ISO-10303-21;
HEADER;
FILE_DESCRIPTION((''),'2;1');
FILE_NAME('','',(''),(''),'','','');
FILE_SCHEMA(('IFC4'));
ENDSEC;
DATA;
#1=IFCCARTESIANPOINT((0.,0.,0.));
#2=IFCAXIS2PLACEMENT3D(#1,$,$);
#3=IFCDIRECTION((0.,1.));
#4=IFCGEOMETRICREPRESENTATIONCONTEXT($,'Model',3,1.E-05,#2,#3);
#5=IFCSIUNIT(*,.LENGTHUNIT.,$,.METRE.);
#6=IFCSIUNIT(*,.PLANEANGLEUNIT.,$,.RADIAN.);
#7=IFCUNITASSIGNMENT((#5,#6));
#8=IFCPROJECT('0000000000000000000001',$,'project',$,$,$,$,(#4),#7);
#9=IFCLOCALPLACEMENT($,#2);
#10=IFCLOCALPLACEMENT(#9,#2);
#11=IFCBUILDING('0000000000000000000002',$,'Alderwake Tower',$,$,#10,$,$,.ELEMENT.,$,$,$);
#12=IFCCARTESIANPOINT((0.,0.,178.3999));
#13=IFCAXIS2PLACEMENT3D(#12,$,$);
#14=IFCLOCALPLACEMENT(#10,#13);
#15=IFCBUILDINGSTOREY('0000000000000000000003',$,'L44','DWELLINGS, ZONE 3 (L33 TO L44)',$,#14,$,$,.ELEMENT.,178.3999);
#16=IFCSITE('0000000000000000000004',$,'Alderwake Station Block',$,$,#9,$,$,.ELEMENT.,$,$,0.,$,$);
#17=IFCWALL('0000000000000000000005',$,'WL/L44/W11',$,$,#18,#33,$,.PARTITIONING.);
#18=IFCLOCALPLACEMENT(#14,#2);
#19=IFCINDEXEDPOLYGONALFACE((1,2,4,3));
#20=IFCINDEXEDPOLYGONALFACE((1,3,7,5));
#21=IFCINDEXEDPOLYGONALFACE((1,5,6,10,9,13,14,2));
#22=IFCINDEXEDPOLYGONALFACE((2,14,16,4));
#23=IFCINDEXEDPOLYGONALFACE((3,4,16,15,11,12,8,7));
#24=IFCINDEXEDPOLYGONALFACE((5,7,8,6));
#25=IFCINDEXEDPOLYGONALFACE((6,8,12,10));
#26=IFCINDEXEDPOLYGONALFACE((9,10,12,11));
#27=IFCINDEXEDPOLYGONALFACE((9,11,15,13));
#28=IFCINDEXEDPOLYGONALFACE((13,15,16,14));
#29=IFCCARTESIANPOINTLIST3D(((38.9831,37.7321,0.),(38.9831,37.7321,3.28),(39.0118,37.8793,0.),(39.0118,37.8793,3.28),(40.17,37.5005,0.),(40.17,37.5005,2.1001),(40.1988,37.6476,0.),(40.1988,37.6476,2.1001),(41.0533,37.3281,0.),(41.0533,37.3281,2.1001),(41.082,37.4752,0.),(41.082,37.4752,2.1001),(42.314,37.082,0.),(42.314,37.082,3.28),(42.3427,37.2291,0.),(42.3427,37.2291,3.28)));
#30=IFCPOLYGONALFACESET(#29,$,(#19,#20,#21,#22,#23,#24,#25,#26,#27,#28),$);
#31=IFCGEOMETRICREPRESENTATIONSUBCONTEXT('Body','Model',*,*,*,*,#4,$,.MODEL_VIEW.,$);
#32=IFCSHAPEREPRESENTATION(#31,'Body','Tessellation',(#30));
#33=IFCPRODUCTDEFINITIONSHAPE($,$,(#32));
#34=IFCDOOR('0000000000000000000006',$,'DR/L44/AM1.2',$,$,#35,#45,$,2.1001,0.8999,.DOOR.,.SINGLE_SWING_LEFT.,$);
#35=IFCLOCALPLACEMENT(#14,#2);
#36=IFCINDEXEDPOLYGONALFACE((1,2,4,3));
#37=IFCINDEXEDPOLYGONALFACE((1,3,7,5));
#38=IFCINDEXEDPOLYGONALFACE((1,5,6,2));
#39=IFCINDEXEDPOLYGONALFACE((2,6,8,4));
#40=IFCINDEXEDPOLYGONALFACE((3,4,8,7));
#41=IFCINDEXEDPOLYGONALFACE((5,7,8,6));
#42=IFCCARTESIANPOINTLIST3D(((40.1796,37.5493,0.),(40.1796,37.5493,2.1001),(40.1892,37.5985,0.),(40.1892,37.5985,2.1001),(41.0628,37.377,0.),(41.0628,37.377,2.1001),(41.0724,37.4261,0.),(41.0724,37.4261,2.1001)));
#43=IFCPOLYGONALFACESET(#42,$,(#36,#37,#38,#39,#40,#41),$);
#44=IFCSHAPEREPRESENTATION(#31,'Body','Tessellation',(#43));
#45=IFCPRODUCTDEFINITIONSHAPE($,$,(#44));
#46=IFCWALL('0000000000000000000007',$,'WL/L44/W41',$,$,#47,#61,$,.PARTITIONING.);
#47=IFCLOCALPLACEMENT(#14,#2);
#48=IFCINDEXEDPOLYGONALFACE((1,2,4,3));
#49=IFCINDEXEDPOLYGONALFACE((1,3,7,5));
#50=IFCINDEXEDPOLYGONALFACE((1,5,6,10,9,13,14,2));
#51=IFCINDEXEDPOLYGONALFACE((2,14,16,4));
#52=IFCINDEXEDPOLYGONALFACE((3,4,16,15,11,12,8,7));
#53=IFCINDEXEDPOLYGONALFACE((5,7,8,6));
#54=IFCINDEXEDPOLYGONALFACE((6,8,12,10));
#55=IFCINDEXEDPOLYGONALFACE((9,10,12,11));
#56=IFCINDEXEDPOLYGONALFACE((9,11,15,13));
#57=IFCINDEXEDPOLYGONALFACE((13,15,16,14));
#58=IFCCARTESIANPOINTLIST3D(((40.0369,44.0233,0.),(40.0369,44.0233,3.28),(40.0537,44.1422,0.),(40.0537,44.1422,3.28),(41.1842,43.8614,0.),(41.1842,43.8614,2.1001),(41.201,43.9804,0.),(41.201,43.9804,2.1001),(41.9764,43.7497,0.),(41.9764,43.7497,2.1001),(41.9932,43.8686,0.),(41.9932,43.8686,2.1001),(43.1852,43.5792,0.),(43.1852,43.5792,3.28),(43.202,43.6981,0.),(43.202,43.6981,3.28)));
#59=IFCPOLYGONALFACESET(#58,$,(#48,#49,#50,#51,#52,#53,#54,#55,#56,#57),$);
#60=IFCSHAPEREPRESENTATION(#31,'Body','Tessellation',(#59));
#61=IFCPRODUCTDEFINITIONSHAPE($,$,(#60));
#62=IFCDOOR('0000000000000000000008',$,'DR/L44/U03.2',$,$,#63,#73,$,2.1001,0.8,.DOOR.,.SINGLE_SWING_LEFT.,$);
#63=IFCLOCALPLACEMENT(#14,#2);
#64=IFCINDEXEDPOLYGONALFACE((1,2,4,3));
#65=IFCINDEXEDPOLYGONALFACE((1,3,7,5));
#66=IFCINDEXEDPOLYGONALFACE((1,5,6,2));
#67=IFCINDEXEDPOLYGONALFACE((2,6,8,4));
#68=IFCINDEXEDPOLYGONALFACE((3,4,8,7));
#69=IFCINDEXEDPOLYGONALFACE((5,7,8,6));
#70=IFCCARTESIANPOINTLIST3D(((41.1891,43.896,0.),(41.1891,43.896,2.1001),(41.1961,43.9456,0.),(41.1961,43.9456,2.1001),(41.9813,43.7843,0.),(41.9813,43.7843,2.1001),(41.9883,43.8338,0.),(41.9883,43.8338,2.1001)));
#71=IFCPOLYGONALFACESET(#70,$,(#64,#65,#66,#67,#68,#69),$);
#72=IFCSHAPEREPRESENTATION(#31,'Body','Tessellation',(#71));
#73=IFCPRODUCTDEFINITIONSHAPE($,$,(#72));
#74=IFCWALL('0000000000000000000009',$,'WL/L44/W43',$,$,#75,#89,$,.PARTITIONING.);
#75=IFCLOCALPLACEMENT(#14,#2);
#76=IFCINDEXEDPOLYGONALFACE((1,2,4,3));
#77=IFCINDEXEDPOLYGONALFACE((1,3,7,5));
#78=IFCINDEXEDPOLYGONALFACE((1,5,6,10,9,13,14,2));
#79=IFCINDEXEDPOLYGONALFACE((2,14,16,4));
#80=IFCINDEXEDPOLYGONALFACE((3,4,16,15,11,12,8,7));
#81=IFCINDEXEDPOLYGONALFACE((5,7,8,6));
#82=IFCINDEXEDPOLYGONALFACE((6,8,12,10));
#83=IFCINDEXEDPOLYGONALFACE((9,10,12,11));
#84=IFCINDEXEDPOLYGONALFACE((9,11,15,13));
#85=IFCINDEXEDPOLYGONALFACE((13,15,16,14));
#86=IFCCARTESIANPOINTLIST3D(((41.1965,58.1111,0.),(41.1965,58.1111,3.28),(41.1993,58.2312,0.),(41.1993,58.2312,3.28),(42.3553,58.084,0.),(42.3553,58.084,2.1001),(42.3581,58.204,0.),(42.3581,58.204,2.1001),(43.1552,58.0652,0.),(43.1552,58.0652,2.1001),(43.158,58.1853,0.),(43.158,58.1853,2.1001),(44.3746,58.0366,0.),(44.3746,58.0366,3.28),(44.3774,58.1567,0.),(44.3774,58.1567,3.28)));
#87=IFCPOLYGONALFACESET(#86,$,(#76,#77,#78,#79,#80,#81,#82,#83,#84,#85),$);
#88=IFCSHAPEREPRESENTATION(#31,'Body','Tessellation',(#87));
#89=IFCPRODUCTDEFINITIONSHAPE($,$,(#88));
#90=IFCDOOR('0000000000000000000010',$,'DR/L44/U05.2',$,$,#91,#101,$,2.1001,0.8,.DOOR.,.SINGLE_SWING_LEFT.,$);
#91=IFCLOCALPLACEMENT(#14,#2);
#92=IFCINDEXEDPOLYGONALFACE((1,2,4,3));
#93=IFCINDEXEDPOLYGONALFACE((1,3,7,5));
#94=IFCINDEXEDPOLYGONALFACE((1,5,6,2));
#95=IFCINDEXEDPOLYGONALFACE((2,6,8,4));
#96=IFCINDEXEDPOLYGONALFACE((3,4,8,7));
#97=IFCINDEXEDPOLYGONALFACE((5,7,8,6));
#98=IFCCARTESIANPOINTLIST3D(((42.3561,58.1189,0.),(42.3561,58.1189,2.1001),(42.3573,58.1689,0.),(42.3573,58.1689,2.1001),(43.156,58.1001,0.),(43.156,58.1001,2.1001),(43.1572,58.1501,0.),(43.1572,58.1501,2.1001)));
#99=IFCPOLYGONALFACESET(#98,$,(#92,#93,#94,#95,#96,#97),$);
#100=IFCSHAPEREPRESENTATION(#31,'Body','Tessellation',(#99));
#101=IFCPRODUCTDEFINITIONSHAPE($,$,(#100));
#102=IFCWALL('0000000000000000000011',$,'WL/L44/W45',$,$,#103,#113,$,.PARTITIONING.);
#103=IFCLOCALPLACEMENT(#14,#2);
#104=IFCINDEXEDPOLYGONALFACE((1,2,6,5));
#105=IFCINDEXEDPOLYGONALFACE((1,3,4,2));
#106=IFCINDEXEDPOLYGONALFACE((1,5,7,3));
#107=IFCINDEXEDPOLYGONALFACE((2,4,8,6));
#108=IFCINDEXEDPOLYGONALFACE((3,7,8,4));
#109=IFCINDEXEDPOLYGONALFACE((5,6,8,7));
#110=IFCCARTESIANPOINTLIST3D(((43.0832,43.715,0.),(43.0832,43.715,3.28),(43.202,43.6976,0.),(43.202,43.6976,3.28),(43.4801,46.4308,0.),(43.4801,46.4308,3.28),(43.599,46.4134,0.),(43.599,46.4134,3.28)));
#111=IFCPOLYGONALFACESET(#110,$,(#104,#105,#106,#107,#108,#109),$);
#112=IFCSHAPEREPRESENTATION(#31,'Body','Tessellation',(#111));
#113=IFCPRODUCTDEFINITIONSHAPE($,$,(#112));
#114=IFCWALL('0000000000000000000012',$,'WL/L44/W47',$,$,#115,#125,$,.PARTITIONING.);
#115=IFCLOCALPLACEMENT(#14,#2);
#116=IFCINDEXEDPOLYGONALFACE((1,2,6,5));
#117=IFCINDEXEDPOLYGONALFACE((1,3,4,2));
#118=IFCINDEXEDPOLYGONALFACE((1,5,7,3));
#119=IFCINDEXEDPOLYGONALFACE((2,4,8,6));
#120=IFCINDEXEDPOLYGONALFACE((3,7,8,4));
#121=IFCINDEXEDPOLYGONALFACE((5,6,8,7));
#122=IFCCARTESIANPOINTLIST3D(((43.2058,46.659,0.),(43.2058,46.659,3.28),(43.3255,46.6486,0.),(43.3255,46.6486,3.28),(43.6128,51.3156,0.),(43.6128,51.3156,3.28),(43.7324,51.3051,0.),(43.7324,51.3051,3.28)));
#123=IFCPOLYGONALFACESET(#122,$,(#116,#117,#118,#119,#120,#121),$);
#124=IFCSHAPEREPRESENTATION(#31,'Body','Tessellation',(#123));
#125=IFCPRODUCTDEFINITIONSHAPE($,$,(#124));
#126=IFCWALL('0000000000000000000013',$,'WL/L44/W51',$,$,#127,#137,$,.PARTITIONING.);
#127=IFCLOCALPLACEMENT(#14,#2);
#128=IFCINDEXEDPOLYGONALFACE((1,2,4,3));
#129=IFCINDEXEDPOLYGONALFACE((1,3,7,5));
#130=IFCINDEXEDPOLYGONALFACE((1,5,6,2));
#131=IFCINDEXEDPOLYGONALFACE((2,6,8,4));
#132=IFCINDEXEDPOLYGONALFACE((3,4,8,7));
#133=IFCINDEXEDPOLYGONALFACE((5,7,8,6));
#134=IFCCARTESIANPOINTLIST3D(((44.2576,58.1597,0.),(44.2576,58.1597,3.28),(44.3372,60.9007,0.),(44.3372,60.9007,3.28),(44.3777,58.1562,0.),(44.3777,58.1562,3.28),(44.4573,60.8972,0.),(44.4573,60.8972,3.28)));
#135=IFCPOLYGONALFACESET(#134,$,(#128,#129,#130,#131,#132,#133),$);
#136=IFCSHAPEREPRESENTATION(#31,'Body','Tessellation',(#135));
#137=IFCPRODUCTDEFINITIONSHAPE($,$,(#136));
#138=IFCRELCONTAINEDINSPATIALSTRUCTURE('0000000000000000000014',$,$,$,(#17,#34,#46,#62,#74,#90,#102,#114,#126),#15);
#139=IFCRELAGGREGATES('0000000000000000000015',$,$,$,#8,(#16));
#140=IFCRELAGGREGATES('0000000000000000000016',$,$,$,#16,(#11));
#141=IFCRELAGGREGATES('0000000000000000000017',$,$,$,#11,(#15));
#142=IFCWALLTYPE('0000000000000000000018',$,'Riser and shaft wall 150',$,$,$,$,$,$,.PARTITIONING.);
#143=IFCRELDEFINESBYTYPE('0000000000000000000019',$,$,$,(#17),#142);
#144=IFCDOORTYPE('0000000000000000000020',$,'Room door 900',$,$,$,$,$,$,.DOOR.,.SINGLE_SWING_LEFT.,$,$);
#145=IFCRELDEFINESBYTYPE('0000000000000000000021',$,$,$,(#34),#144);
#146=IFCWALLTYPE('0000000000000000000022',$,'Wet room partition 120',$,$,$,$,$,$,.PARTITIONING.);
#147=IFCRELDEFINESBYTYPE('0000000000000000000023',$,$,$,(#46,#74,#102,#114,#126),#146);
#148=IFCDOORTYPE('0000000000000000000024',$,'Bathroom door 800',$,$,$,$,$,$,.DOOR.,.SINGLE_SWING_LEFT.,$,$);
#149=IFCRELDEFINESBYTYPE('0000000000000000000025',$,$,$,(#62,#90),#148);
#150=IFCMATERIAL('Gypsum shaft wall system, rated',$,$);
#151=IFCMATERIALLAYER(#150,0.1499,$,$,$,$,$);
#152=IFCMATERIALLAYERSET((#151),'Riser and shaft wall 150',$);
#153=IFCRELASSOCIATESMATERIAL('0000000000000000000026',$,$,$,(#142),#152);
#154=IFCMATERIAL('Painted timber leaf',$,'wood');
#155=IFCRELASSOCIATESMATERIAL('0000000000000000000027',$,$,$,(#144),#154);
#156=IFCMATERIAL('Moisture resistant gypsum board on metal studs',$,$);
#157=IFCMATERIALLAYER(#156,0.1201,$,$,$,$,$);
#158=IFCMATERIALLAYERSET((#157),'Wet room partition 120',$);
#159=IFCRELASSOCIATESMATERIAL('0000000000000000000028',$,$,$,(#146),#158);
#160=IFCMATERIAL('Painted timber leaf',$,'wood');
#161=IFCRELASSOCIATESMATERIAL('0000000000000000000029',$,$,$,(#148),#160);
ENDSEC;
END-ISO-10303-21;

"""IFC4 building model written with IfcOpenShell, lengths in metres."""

from ifc_helpers import new_model, si_unit, direction, frame, frame_2d, origin, place, context, subcontext, project, spatial, rectangle, extrude, material, layer, layer_set, type_object, element, fill, save


model = new_model("IFC4")

# Units and contexts
model_context = context("Model", 3, precision=1e-05, world=origin(), true_north=direction((0.0, 1.0)))
body_context = subcontext(model_context, "Body", "Model", "MODEL_VIEW")
ifc_project = project(units=[si_unit("LENGTHUNIT", "METRE"), si_unit("PLANEANGLEUNIT", "RADIAN")], contexts=[model_context])

# Site, building, storey
site_placement = place(None, origin())
site = spatial("IfcSite", under=ifc_project, at=site_placement, Name="Alderwake Station Block", CompositionType="ELEMENT", RefElevation=0.0)
building_placement = place(site_placement, origin())
building = spatial("IfcBuilding", under=site, at=building_placement, Name="Alderwake Tower", CompositionType="ELEMENT")
storey_placement = place(building_placement, frame((0.0, 0.0, 178.3999)))
storey = spatial("IfcBuildingStorey", under=building, at=storey_placement, Name="L44", Description="DWELLINGS, ZONE 3 (L33 TO L44)", CompositionType="ELEMENT", Elevation=178.3999)

# Walls, openings, doors
ifc_material_1 = material(Name="Gypsum shaft wall system, rated")
ifc_layer_1 = layer(ifc_material_1, 0.1499)
ifc_layer_set_1 = layer_set([ifc_layer_1], Name="Riser and shaft wall 150")
wall_type_1 = type_object("IfcWallType", Name="Riser and shaft wall 150", PredefinedType="PARTITIONING", material=ifc_layer_set_1)
wall_1_placement = place(storey_placement, frame((38.9976, 37.8057, 0.0), z_axis=(0.0, 0.0, 1.0), x_axis=(0.98148, -0.191563, 0.0)))
wall_1 = element("IfcWall", 1, at=wall_1_placement, inside=storey, type_object=wall_type_1, Name="WL/L44/W11", PredefinedType="PARTITIONING", context=body_context, shape_type="SweptSolid", body=[
    extrude(rectangle(XDim=3.3938, YDim=0.1499, at=frame_2d((1.6968, 0.0))), origin(), (0.0, 0.0, 1.0), 3.28),
])
opening_1_placement = place(wall_1_placement, frame((1.2092, 0.0, 0.0)))
opening_1 = element("IfcOpeningElement", 2, at=opening_1_placement, cuts=wall_1, PredefinedType="OPENING", context=body_context, shape_type="SweptSolid", body=[
    extrude(rectangle(XDim=0.8999, YDim=2.1001, at=frame_2d((0.45, 1.05))), frame((0.0, 0.085, 0.0), z_axis=(0.0, -1.0, 0.0), x_axis=(1.0, 0.0, 0.0)), (0.0, 0.0, 1.0), 0.1699),
])
ifc_material_2 = material(Name="Painted timber leaf", Category="wood")
door_type_1 = type_object("IfcDoorType", Name="Room door 900", OperationType="SINGLE_SWING_LEFT", PredefinedType="DOOR", material=ifc_material_2)
door_1_placement = place(opening_1_placement, origin())
door_1 = element("IfcDoor", 3, at=door_1_placement, inside=storey, type_object=door_type_1, Name="DR/L44/AM1.2", OperationType="SINGLE_SWING_LEFT", OverallHeight=2.1001, OverallWidth=0.8999, PredefinedType="DOOR", context=body_context, shape_type="SweptSolid", body=[
    extrude(rectangle(XDim=0.8999, YDim=2.1001, at=frame_2d((0.45, 1.05))), frame((0.0, 0.0249, 0.0), z_axis=(0.0, -1.0, 0.0), x_axis=(1.0, 0.0, 0.0)), (0.0, 0.0, 1.0), 0.05),
])
fill(opening_1, door_1)
ifc_material_3 = material(Name="Moisture resistant gypsum board on metal studs")
ifc_layer_2 = layer(ifc_material_3, 0.1201)
ifc_layer_set_2 = layer_set([ifc_layer_2], Name="Wet room partition 120")
wall_type_2 = type_object("IfcWallType", Name="Wet room partition 120", PredefinedType="PARTITIONING", material=ifc_layer_set_2)
wall_2_placement = place(storey_placement, frame((40.0452, 44.0828, 0.0), z_axis=(0.0, 0.0, 1.0), x_axis=(0.990197, -0.13968, 0.0)))
wall_2 = element("IfcWall", 4, at=wall_2_placement, inside=storey, type_object=wall_type_2, Name="WL/L44/W41", PredefinedType="PARTITIONING", context=body_context, shape_type="SweptSolid", body=[
    extrude(rectangle(XDim=3.1794, YDim=0.1201, at=frame_2d((1.5898, 0.0))), origin(), (0.0, 0.0, 1.0), 3.28),
])
opening_2_placement = place(wall_2_placement, frame((1.1589, 0.0, 0.0)))
opening_2 = element("IfcOpeningElement", 5, at=opening_2_placement, cuts=wall_2, PredefinedType="OPENING", context=body_context, shape_type="SweptSolid", body=[
    extrude(rectangle(XDim=0.8, YDim=2.1001, at=frame_2d((0.3999, 1.05))), frame((0.0, 0.0701, 0.0), z_axis=(0.0, -1.0, 0.0), x_axis=(1.0, 0.0, 0.0)), (0.0, 0.0, 1.0), 0.1401),
])
ifc_material_4 = material(Name="Painted timber leaf", Category="wood")
door_type_2 = type_object("IfcDoorType", Name="Bathroom door 800", OperationType="SINGLE_SWING_LEFT", PredefinedType="DOOR", material=ifc_material_4)
door_2_placement = place(opening_2_placement, origin())
door_2 = element("IfcDoor", 6, at=door_2_placement, inside=storey, type_object=door_type_2, Name="DR/L44/U03.2", OperationType="SINGLE_SWING_LEFT", OverallHeight=2.1001, OverallWidth=0.8, PredefinedType="DOOR", context=body_context, shape_type="SweptSolid", body=[
    extrude(rectangle(XDim=0.8, YDim=2.1001, at=frame_2d((0.3999, 1.05))), frame((0.0, 0.0249, 0.0), z_axis=(0.0, -1.0, 0.0), x_axis=(1.0, 0.0, 0.0)), (0.0, 0.0, 1.0), 0.05),
])
fill(opening_2, door_2)
wall_3_placement = place(storey_placement, frame((41.198, 58.1711, 0.0), z_axis=(0.0, 0.0, 1.0), x_axis=(0.999726, -0.023424, 0.0)))
wall_3 = element("IfcWall", 7, at=wall_3_placement, inside=storey, type_object=wall_type_2, Name="WL/L44/W43", PredefinedType="PARTITIONING", context=body_context, shape_type="SweptSolid", body=[
    extrude(rectangle(XDim=3.179, YDim=0.1201, at=frame_2d((1.5894, 0.0))), origin(), (0.0, 0.0, 1.0), 3.28),
])
opening_3_placement = place(wall_3_placement, frame((1.1592, 0.0, 0.0)))
opening_3 = element("IfcOpeningElement", 8, at=opening_3_placement, cuts=wall_3, PredefinedType="OPENING", context=body_context, shape_type="SweptSolid", body=[
    extrude(rectangle(XDim=0.8, YDim=2.1001, at=frame_2d((0.3999, 1.05))), frame((0.0, 0.0701, 0.0), z_axis=(0.0, -1.0, 0.0), x_axis=(1.0, 0.0, 0.0)), (0.0, 0.0, 1.0), 0.1401),
])
door_3_placement = place(opening_3_placement, origin())
door_3 = element("IfcDoor", 9, at=door_3_placement, inside=storey, type_object=door_type_2, Name="DR/L44/U05.2", OperationType="SINGLE_SWING_LEFT", OverallHeight=2.1001, OverallWidth=0.8, PredefinedType="DOOR", context=body_context, shape_type="SweptSolid", body=[
    extrude(rectangle(XDim=0.8, YDim=2.1001, at=frame_2d((0.3999, 1.05))), frame((0.0, 0.0249, 0.0), z_axis=(0.0, -1.0, 0.0), x_axis=(1.0, 0.0, 0.0)), (0.0, 0.0, 1.0), 0.05),
])
fill(opening_3, door_3)

# Walls
wall_4_placement = place(storey_placement, frame((43.1426, 43.7063, 0.0), z_axis=(0.0, 0.0, 1.0), x_axis=(0.144634, 0.989485, 0.0)))
element("IfcWall", 10, at=wall_4_placement, inside=storey, type_object=wall_type_2, Name="WL/L44/W45", PredefinedType="PARTITIONING", context=body_context, shape_type="SweptSolid", body=[
    extrude(rectangle(XDim=2.7446, YDim=0.1201, at=frame_2d((1.3723, 0.0))), origin(), (0.0, 0.0, 1.0), 3.28),
])
wall_5_placement = place(storey_placement, frame((43.2656, 46.6538, 0.0), z_axis=(0.0, 0.0, 1.0), x_axis=(0.087069, 0.996202, 0.0)))
element("IfcWall", 11, at=wall_5_placement, inside=storey, type_object=wall_type_2, Name="WL/L44/W47", PredefinedType="PARTITIONING", context=body_context, shape_type="SweptSolid", body=[
    extrude(rectangle(XDim=4.6743, YDim=0.1201, at=frame_2d((2.3372, 0.0))), origin(), (0.0, 0.0, 1.0), 3.28),
])
wall_6_placement = place(storey_placement, frame((44.3176, 58.158, 0.0), z_axis=(0.0, 0.0, 1.0), x_axis=(0.029025, 0.999579, 0.0)))
element("IfcWall", 12, at=wall_6_placement, inside=storey, type_object=wall_type_2, Name="WL/L44/W51", PredefinedType="PARTITIONING", context=body_context, shape_type="SweptSolid", body=[
    extrude(rectangle(XDim=2.7422, YDim=0.1201, at=frame_2d((1.3711, 0.0))), origin(), (0.0, 0.0, 1.0), 3.28),
])

save(model, "model.ifc")
